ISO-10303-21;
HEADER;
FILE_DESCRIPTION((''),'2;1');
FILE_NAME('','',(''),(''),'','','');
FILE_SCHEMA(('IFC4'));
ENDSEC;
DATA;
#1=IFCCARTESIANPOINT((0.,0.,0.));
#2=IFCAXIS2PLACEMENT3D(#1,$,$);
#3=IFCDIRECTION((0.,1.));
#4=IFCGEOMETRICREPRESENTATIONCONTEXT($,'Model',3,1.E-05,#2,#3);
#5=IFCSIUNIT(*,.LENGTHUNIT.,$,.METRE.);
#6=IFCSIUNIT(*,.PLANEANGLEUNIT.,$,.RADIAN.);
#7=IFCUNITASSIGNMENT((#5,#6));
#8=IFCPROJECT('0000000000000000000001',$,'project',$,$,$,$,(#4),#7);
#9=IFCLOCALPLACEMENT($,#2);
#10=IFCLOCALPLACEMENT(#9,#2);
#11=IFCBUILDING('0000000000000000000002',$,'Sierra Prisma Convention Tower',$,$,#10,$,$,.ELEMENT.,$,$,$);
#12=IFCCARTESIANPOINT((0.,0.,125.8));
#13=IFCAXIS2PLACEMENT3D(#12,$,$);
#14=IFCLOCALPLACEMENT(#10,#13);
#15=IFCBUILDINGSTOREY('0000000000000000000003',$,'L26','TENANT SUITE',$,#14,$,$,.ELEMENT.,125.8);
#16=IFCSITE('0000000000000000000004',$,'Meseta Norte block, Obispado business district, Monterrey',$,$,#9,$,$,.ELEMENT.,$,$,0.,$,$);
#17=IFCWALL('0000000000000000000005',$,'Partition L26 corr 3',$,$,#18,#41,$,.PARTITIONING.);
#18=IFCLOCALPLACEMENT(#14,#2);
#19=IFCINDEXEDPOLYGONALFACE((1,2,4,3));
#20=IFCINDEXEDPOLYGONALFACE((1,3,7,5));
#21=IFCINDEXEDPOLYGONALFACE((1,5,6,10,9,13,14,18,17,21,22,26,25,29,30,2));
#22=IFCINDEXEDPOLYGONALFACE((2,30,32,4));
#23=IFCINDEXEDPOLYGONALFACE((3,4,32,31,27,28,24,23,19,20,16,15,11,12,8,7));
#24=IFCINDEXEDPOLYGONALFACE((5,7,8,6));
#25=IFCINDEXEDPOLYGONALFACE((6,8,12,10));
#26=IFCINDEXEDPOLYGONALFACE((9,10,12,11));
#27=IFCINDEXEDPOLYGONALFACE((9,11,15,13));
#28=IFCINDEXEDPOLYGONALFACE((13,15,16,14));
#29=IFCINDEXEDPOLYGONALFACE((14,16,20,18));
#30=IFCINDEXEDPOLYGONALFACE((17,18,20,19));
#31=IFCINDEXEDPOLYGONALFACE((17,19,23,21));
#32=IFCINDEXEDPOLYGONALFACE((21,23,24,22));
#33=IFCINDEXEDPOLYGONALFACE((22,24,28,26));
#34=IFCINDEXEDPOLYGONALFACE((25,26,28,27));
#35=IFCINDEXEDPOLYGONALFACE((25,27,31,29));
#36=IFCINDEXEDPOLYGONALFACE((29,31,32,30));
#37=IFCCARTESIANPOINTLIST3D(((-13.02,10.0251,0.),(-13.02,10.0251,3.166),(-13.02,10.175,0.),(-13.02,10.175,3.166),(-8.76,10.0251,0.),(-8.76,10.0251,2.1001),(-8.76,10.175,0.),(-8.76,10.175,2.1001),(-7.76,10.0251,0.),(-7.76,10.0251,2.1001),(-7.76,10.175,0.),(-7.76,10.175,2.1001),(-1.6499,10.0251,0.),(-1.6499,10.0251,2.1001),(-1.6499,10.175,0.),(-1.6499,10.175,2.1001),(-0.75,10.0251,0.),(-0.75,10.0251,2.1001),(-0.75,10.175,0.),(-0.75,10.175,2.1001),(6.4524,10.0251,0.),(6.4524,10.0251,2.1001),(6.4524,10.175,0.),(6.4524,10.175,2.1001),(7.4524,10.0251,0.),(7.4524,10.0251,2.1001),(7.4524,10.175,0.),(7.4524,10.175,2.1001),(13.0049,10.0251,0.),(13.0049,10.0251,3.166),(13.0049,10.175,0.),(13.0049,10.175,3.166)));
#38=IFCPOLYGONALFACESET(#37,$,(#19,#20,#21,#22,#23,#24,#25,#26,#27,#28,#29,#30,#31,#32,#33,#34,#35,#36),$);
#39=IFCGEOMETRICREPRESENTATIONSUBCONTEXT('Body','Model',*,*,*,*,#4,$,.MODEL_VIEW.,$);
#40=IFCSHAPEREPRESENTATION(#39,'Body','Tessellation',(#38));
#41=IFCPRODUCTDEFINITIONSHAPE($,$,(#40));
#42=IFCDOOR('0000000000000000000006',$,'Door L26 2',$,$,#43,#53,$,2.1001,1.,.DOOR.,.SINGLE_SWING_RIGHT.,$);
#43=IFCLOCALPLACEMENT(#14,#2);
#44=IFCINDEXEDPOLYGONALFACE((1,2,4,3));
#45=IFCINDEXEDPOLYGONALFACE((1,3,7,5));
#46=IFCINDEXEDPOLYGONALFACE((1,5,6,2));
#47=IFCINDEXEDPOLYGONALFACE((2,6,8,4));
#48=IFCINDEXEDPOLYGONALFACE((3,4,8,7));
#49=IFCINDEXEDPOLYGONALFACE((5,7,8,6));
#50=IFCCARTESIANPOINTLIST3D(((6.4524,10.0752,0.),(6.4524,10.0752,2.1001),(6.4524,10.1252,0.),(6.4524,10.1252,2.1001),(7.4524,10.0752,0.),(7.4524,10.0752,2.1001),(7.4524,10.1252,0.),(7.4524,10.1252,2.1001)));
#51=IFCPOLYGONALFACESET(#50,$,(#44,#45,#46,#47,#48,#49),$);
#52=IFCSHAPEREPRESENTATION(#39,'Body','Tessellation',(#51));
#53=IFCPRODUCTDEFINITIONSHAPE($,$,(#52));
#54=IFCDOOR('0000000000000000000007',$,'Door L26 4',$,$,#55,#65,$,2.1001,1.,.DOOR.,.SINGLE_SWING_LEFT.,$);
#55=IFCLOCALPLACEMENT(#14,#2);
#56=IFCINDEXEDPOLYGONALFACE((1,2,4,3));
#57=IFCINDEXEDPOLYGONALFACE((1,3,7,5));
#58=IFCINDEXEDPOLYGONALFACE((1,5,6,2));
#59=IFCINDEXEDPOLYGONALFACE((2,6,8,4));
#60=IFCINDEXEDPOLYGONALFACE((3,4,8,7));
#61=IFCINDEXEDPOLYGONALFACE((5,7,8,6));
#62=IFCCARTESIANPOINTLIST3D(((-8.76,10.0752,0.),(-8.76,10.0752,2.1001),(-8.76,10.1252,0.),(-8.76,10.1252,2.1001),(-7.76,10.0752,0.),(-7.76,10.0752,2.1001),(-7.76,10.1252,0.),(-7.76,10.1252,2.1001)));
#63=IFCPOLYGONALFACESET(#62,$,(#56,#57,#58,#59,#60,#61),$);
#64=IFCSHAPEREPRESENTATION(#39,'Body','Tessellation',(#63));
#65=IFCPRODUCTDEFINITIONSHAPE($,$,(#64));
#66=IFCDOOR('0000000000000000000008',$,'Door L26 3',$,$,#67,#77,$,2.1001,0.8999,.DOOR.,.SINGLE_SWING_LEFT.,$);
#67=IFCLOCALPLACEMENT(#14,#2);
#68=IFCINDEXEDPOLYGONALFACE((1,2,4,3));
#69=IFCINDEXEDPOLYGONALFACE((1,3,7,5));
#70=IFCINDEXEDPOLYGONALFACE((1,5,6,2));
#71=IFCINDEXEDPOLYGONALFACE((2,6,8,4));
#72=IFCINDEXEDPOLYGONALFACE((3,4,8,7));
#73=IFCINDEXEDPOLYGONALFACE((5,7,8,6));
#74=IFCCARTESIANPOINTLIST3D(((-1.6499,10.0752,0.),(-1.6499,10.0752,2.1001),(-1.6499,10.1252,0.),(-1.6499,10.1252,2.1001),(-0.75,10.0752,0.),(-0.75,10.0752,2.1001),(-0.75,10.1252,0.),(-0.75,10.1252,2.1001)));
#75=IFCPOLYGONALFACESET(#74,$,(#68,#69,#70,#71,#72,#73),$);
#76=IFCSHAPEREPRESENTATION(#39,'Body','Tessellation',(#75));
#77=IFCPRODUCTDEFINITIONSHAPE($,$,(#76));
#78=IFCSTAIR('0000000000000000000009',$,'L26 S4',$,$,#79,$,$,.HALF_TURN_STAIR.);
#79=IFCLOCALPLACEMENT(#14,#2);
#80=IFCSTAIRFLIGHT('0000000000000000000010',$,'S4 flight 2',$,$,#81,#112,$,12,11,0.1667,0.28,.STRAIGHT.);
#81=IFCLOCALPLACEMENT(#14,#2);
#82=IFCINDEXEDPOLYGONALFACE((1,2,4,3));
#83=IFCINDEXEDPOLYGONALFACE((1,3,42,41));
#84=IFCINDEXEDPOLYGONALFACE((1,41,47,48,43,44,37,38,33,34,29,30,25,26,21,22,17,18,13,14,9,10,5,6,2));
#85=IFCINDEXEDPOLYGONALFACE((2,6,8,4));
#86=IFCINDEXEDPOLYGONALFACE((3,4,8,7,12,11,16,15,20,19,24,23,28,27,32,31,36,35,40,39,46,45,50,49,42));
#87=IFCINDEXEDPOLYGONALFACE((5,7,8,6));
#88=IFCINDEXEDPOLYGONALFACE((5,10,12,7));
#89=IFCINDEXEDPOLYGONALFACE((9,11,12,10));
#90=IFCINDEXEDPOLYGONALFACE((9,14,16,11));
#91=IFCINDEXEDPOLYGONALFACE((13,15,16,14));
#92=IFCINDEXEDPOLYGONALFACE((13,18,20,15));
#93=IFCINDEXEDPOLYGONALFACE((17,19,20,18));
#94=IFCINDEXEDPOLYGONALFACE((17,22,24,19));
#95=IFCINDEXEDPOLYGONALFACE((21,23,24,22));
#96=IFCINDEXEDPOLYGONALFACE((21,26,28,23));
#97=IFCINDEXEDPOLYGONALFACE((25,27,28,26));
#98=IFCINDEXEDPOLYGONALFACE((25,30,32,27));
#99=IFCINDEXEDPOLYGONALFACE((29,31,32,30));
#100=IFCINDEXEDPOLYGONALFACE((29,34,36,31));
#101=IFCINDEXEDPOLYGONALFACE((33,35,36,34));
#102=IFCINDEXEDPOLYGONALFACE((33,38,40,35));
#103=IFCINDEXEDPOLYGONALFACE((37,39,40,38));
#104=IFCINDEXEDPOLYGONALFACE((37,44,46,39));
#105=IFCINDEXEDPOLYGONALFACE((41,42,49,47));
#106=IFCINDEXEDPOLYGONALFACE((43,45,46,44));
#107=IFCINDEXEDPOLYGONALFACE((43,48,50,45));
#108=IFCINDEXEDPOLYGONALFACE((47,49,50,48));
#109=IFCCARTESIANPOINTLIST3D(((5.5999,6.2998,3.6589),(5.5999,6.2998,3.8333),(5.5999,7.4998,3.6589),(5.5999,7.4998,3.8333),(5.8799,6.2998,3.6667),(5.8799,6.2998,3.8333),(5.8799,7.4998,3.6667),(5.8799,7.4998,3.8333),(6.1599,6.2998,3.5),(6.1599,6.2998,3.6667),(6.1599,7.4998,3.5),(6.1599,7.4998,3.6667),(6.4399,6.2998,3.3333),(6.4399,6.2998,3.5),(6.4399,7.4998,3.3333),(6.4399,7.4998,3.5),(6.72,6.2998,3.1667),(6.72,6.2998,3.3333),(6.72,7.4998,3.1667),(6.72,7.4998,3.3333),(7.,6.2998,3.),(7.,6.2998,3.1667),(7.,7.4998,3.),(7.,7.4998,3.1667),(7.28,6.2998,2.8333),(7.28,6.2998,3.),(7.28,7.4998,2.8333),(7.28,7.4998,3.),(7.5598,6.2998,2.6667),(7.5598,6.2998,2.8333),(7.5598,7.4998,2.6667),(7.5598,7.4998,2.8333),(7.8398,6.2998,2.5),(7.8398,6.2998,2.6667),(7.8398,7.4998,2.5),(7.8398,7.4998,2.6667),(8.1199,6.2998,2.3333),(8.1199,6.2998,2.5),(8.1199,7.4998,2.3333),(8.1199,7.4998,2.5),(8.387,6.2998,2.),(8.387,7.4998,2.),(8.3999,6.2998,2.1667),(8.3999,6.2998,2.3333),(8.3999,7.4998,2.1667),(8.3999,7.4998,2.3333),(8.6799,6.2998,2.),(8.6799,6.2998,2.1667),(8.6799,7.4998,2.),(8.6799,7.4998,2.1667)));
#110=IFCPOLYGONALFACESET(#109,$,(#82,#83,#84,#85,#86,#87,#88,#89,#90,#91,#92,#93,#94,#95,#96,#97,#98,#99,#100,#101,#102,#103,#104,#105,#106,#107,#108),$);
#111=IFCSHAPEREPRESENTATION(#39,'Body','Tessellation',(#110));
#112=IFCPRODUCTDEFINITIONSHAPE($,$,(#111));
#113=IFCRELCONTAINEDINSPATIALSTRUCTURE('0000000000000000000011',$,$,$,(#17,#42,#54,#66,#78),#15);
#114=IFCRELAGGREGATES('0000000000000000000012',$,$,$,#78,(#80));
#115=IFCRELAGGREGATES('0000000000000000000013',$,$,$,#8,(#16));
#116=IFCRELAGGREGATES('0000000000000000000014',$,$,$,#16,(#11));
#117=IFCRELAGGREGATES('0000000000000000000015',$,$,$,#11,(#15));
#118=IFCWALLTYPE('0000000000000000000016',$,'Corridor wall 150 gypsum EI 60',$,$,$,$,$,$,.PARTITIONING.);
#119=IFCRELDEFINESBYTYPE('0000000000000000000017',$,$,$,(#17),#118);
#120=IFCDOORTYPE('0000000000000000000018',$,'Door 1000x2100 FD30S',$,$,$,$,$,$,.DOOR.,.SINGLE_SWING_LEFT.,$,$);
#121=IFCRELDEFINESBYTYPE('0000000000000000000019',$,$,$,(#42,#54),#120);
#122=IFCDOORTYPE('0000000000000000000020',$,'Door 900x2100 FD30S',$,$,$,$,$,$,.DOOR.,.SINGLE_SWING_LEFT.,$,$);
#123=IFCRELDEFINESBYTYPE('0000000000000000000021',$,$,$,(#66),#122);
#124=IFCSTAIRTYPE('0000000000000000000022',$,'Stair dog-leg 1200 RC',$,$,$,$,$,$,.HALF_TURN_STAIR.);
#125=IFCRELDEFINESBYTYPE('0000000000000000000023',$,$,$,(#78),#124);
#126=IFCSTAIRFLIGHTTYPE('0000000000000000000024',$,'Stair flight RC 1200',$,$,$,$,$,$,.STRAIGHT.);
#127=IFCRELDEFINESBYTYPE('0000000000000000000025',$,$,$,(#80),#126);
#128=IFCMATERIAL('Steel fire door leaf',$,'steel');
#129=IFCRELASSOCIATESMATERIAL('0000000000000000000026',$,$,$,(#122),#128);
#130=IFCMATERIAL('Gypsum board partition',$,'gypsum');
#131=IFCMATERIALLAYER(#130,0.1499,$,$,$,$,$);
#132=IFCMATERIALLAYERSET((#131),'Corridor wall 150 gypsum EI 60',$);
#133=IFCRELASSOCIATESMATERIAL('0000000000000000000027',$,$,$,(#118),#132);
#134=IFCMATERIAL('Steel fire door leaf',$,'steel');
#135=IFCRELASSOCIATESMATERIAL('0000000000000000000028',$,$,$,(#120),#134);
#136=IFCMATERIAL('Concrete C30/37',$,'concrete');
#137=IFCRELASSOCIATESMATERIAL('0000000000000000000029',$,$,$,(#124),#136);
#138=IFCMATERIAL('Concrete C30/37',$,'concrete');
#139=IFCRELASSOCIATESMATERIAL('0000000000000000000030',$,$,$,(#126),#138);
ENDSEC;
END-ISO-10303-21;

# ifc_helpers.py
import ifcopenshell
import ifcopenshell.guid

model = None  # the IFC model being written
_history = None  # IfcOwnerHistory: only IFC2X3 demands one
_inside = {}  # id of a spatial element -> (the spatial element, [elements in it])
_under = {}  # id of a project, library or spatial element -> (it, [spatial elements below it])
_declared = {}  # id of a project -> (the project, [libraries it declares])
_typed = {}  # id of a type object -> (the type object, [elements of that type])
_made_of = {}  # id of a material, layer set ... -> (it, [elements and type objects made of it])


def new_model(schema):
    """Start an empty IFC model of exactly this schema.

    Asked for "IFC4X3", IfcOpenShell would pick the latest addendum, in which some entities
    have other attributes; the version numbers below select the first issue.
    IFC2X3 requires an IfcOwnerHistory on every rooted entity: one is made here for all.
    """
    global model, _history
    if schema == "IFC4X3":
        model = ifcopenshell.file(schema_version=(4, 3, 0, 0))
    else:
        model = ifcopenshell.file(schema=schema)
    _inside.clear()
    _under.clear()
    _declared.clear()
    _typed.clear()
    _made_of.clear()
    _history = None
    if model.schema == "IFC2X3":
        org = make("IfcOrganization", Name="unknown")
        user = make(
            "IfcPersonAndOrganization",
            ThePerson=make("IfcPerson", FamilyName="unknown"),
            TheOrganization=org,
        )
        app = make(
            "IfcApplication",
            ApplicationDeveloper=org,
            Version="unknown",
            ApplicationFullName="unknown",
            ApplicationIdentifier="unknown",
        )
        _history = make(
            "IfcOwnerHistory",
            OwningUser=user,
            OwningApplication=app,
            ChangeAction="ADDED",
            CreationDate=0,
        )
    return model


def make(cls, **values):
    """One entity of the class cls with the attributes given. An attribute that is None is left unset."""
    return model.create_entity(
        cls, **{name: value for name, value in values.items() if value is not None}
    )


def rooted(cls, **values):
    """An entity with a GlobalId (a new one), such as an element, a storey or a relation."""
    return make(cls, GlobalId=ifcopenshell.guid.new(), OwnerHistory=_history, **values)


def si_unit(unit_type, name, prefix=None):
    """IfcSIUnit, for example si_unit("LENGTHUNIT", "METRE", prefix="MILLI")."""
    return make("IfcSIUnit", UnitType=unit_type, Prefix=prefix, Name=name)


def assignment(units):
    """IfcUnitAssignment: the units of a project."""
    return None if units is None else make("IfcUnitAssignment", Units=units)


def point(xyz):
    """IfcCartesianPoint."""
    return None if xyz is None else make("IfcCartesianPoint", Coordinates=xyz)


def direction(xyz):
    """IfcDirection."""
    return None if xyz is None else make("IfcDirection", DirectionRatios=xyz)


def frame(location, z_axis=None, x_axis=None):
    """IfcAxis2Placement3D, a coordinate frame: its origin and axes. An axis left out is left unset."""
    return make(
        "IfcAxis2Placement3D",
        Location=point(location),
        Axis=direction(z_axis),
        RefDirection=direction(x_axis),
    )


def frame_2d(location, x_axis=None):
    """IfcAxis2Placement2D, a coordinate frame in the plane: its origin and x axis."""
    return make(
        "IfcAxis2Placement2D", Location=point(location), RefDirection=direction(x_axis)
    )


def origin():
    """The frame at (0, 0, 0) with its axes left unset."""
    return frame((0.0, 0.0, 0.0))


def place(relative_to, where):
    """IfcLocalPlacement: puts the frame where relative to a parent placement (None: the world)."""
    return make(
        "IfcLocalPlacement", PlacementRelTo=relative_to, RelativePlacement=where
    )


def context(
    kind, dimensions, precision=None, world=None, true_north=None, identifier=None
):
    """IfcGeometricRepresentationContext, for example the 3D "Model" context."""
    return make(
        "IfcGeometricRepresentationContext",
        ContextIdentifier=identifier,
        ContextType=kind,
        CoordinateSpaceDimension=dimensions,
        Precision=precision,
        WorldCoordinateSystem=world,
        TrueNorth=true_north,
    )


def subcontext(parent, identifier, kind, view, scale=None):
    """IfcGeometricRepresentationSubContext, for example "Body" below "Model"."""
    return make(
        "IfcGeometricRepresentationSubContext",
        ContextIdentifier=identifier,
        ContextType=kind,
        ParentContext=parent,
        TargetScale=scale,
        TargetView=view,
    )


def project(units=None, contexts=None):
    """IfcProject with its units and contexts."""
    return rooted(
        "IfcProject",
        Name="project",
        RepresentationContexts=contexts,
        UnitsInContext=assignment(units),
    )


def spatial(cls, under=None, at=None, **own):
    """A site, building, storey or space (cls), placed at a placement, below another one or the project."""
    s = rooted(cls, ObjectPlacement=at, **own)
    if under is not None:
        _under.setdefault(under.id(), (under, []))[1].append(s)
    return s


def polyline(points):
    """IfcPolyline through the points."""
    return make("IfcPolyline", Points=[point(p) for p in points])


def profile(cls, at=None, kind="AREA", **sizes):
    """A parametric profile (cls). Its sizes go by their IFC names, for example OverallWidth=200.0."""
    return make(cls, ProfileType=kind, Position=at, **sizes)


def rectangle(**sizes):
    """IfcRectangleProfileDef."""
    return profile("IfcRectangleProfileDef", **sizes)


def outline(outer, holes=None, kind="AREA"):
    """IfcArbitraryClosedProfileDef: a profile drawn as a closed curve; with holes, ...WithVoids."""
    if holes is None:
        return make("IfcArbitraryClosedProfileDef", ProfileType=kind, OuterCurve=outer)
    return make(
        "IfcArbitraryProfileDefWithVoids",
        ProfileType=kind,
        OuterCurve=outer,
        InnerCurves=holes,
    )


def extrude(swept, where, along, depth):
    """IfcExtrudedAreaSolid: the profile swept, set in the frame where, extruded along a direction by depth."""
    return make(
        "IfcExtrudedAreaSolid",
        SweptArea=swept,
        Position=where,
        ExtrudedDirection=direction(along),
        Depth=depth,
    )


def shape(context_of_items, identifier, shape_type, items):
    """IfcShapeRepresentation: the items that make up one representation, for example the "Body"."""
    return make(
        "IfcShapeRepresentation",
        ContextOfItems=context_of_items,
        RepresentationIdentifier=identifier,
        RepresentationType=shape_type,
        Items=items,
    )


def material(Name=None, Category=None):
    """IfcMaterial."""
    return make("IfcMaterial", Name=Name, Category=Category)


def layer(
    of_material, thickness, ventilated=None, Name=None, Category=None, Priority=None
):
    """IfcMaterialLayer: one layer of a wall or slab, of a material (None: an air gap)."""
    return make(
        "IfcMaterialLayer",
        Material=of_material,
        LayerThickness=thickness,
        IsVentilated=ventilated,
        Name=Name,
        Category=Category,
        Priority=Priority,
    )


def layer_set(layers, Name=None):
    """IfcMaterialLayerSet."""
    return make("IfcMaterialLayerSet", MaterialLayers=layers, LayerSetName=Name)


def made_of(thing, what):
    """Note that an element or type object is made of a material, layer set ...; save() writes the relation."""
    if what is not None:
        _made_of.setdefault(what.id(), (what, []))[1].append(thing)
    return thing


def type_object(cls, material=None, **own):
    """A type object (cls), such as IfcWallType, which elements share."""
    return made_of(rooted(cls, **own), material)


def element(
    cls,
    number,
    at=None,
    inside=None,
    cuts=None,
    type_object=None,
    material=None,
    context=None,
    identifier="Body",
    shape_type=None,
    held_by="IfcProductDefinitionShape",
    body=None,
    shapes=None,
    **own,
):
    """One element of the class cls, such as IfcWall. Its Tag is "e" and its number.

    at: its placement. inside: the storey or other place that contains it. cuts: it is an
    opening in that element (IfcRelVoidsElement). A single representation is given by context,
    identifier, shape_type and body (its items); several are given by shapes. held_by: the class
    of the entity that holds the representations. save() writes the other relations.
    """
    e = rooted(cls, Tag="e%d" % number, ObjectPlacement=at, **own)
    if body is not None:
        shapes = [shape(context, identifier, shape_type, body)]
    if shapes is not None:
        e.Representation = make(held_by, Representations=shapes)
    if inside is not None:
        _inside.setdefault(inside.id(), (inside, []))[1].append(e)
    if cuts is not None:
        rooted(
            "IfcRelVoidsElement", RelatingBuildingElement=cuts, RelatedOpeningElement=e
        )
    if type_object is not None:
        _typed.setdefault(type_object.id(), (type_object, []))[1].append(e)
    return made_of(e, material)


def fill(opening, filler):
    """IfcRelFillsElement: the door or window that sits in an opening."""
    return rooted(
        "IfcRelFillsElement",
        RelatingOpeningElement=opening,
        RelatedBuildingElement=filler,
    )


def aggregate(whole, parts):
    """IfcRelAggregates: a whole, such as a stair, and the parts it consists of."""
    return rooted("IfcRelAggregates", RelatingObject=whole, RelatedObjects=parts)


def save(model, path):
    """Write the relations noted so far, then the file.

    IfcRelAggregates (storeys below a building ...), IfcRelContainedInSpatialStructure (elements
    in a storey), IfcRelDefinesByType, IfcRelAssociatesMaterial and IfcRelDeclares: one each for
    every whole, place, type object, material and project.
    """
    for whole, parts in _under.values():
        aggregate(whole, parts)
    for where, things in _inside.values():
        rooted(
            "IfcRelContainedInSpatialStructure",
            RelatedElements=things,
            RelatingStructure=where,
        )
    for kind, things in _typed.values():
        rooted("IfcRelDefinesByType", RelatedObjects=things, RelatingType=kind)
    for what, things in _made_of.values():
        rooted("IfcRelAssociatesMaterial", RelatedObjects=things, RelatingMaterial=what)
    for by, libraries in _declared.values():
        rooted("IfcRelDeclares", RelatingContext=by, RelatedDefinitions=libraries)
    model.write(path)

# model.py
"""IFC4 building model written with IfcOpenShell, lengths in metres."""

from ifc_helpers import new_model, si_unit, direction, frame, frame_2d, origin, place, context, subcontext, project, spatial, polyline, rectangle, outline, extrude, material, layer, layer_set, type_object, element, fill, aggregate, save


model = new_model("IFC4")

# Units and contexts
model_context = context("Model", 3, precision=1e-05, world=origin(), true_north=direction((0.0, 1.0)))
body_context = subcontext(model_context, "Body", "Model", "MODEL_VIEW")
ifc_project = project(units=[si_unit("LENGTHUNIT", "METRE"), si_unit("PLANEANGLEUNIT", "RADIAN")], contexts=[model_context])

# Site, building, storey
site_placement = place(None, origin())
site = spatial("IfcSite", under=ifc_project, at=site_placement, Name="Meseta Norte block, Obispado business district, Monterrey", CompositionType="ELEMENT", RefElevation=0.0)
building_placement = place(site_placement, origin())
building = spatial("IfcBuilding", under=site, at=building_placement, Name="Sierra Prisma Convention Tower", CompositionType="ELEMENT")
storey_placement = place(building_placement, frame((0.0, 0.0, 125.8)))
storey = spatial("IfcBuildingStorey", under=building, at=storey_placement, Name="L26", Description="TENANT SUITE", CompositionType="ELEMENT", Elevation=125.8)

# Shared definitions
ifc_material_1 = material(Name="Steel fire door leaf", Category="steel")
door_type_1 = type_object("IfcDoorType", Name="Door 900x2100 FD30S", OperationType="SINGLE_SWING_LEFT", PredefinedType="DOOR", material=ifc_material_1)

# Wall, openings, doors
ifc_material_2 = material(Name="Gypsum board partition", Category="gypsum")
ifc_layer_1 = layer(ifc_material_2, 0.1499)
ifc_layer_set_1 = layer_set([ifc_layer_1], Name="Corridor wall 150 gypsum EI 60")
wall_type_1 = type_object("IfcWallType", Name="Corridor wall 150 gypsum EI 60", PredefinedType="PARTITIONING", material=ifc_layer_set_1)
wall_1_placement = place(storey_placement, frame((13.0049, 10.1001, 0.0), z_axis=(0.0, 0.0, 1.0), x_axis=(-1.0, 0.0, 0.0)))
wall_1 = element("IfcWall", 1, at=wall_1_placement, inside=storey, type_object=wall_type_1, Name="Partition L26 corr 3", PredefinedType="PARTITIONING", context=body_context, shape_type="SweptSolid", body=[
    extrude(rectangle(XDim=26.0249, YDim=0.1499, at=frame_2d((13.0125, 0.0))), origin(), (0.0, 0.0, 1.0), 3.166),
])
opening_1_placement = place(wall_1_placement, frame((5.5525, 0.0, 0.0)))
opening_1 = element("IfcOpeningElement", 2, at=opening_1_placement, cuts=wall_1, PredefinedType="OPENING", context=body_context, shape_type="SweptSolid", body=[
    extrude(rectangle(XDim=1.0, YDim=2.1001, at=frame_2d((0.5, 1.05))), frame((0.0, 0.075, 0.0), z_axis=(0.0, -1.0, 0.0), x_axis=(1.0, 0.0, 0.0)), (0.0, 0.0, 1.0), 0.1499),
])
opening_2_placement = place(wall_1_placement, frame((13.7549, 0.0, 0.0)))
opening_2 = element("IfcOpeningElement", 3, at=opening_2_placement, cuts=wall_1, PredefinedType="OPENING", context=body_context, shape_type="SweptSolid", body=[
    extrude(rectangle(XDim=0.8999, YDim=2.1001, at=frame_2d((0.45, 1.05))), frame((0.0, 0.075, 0.0), z_axis=(0.0, -1.0, 0.0), x_axis=(1.0, 0.0, 0.0)), (0.0, 0.0, 1.0), 0.1499),
])
opening_3_placement = place(wall_1_placement, frame((20.7649, 0.0, 0.0)))
opening_3 = element("IfcOpeningElement", 4, at=opening_3_placement, cuts=wall_1, PredefinedType="OPENING", context=body_context, shape_type="SweptSolid", body=[
    extrude(rectangle(XDim=1.0, YDim=2.1001, at=frame_2d((0.5, 1.05))), frame((0.0, 0.075, 0.0), z_axis=(0.0, -1.0, 0.0), x_axis=(1.0, 0.0, 0.0)), (0.0, 0.0, 1.0), 0.1499),
])
ifc_material_3 = material(Name="Steel fire door leaf", Category="steel")
door_type_2 = type_object("IfcDoorType", Name="Door 1000x2100 FD30S", OperationType="SINGLE_SWING_LEFT", PredefinedType="DOOR", material=ifc_material_3)
door_1_placement = place(opening_1_placement, origin())
door_1 = element("IfcDoor", 5, at=door_1_placement, inside=storey, type_object=door_type_2, Name="Door L26 2", OperationType="SINGLE_SWING_RIGHT", OverallHeight=2.1001, OverallWidth=1.0, PredefinedType="DOOR", context=body_context, shape_type="SweptSolid", body=[
    extrude(rectangle(XDim=1.0, YDim=2.1001, at=frame_2d((0.5, 1.05))), frame((0.0, 0.0249, 0.0), z_axis=(0.0, -1.0, 0.0), x_axis=(1.0, 0.0, 0.0)), (0.0, 0.0, 1.0), 0.05),
])
fill(opening_1, door_1)
door_2_placement = place(opening_3_placement, origin())
door_2 = element("IfcDoor", 6, at=door_2_placement, inside=storey, type_object=door_type_2, Name="Door L26 4", OperationType="SINGLE_SWING_LEFT", OverallHeight=2.1001, OverallWidth=1.0, PredefinedType="DOOR", context=body_context, shape_type="SweptSolid", body=[
    extrude(rectangle(XDim=1.0, YDim=2.1001, at=frame_2d((0.5, 1.05))), frame((0.0, 0.0249, 0.0), z_axis=(0.0, -1.0, 0.0), x_axis=(1.0, 0.0, 0.0)), (0.0, 0.0, 1.0), 0.05),
])
fill(opening_3, door_2)
door_3_placement = place(opening_2_placement, origin())
door_3 = element("IfcDoor", 7, at=door_3_placement, inside=storey, type_object=door_type_1, Name="Door L26 3", OperationType="SINGLE_SWING_LEFT", OverallHeight=2.1001, OverallWidth=0.8999, PredefinedType="DOOR", context=body_context, shape_type="SweptSolid", body=[
    extrude(rectangle(XDim=0.8999, YDim=2.1001, at=frame_2d((0.45, 1.05))), frame((0.0, 0.0249, 0.0), z_axis=(0.0, -1.0, 0.0), x_axis=(1.0, 0.0, 0.0)), (0.0, 0.0, 1.0), 0.05),
])
fill(opening_2, door_3)

# Stair, stair flight
ifc_material_4 = material(Name="Concrete C30/37", Category="concrete")
stair_type = type_object("IfcStairType", Name="Stair dog-leg 1200 RC", PredefinedType="HALF_TURN_STAIR", material=ifc_material_4)
stair_placement = place(storey_placement, origin())
stair = element("IfcStair", 8, at=stair_placement, inside=storey, type_object=stair_type, Name="L26 S4", PredefinedType="HALF_TURN_STAIR")
ifc_material_5 = material(Name="Concrete C30/37", Category="concrete")
stair_flight_type = type_object("IfcStairFlightType", Name="Stair flight RC 1200", PredefinedType="STRAIGHT", material=ifc_material_5)
stair_flight_placement = place(storey_placement, frame((8.6799, 6.8999, 2.0), z_axis=(0.0, 0.0, 1.0), x_axis=(-1.0, 0.0, 0.0)))
stair_flight = element("IfcStairFlight", 9, at=stair_flight_placement, type_object=stair_flight_type, Name="S4 flight 2", NumberOfRisers=12, NumberOfTreads=11, PredefinedType="STRAIGHT", RiserHeight=0.1667, TreadLength=0.28, context=body_context, shape_type="SweptSolid", body=[
    extrude(outline(polyline([(0.0, 0.0), (0.0, 0.1667), (0.28, 0.1667), (0.28, 0.3333), (0.5601, 0.3333), (0.5601, 0.5), (0.8401, 0.5), (0.8401, 0.6667), (1.1201, 0.6667), (1.1201, 0.8333), (1.3999, 0.8333), (1.3999, 1.0), (1.6799, 1.0), (1.6799, 1.1667), (1.96, 1.1667), (1.96, 1.3333), (2.24, 1.3333), (2.24, 1.5), (2.52, 1.5), (2.52, 1.6667), (2.8, 1.6667), (2.8, 1.8333), (3.0801, 1.8333), (3.0801, 2.0), (3.0801, 1.6589), (0.293, 0.0), (0.0, 0.0)])), frame((0.0, 0.6001, 0.0), z_axis=(0.0, -1.0, 0.0), x_axis=(1.0, 0.0, 0.0)), (0.0, 0.0, 1.0), 1.2),
])
aggregate(stair, [stair_flight])

save(model, "model.ifc")
